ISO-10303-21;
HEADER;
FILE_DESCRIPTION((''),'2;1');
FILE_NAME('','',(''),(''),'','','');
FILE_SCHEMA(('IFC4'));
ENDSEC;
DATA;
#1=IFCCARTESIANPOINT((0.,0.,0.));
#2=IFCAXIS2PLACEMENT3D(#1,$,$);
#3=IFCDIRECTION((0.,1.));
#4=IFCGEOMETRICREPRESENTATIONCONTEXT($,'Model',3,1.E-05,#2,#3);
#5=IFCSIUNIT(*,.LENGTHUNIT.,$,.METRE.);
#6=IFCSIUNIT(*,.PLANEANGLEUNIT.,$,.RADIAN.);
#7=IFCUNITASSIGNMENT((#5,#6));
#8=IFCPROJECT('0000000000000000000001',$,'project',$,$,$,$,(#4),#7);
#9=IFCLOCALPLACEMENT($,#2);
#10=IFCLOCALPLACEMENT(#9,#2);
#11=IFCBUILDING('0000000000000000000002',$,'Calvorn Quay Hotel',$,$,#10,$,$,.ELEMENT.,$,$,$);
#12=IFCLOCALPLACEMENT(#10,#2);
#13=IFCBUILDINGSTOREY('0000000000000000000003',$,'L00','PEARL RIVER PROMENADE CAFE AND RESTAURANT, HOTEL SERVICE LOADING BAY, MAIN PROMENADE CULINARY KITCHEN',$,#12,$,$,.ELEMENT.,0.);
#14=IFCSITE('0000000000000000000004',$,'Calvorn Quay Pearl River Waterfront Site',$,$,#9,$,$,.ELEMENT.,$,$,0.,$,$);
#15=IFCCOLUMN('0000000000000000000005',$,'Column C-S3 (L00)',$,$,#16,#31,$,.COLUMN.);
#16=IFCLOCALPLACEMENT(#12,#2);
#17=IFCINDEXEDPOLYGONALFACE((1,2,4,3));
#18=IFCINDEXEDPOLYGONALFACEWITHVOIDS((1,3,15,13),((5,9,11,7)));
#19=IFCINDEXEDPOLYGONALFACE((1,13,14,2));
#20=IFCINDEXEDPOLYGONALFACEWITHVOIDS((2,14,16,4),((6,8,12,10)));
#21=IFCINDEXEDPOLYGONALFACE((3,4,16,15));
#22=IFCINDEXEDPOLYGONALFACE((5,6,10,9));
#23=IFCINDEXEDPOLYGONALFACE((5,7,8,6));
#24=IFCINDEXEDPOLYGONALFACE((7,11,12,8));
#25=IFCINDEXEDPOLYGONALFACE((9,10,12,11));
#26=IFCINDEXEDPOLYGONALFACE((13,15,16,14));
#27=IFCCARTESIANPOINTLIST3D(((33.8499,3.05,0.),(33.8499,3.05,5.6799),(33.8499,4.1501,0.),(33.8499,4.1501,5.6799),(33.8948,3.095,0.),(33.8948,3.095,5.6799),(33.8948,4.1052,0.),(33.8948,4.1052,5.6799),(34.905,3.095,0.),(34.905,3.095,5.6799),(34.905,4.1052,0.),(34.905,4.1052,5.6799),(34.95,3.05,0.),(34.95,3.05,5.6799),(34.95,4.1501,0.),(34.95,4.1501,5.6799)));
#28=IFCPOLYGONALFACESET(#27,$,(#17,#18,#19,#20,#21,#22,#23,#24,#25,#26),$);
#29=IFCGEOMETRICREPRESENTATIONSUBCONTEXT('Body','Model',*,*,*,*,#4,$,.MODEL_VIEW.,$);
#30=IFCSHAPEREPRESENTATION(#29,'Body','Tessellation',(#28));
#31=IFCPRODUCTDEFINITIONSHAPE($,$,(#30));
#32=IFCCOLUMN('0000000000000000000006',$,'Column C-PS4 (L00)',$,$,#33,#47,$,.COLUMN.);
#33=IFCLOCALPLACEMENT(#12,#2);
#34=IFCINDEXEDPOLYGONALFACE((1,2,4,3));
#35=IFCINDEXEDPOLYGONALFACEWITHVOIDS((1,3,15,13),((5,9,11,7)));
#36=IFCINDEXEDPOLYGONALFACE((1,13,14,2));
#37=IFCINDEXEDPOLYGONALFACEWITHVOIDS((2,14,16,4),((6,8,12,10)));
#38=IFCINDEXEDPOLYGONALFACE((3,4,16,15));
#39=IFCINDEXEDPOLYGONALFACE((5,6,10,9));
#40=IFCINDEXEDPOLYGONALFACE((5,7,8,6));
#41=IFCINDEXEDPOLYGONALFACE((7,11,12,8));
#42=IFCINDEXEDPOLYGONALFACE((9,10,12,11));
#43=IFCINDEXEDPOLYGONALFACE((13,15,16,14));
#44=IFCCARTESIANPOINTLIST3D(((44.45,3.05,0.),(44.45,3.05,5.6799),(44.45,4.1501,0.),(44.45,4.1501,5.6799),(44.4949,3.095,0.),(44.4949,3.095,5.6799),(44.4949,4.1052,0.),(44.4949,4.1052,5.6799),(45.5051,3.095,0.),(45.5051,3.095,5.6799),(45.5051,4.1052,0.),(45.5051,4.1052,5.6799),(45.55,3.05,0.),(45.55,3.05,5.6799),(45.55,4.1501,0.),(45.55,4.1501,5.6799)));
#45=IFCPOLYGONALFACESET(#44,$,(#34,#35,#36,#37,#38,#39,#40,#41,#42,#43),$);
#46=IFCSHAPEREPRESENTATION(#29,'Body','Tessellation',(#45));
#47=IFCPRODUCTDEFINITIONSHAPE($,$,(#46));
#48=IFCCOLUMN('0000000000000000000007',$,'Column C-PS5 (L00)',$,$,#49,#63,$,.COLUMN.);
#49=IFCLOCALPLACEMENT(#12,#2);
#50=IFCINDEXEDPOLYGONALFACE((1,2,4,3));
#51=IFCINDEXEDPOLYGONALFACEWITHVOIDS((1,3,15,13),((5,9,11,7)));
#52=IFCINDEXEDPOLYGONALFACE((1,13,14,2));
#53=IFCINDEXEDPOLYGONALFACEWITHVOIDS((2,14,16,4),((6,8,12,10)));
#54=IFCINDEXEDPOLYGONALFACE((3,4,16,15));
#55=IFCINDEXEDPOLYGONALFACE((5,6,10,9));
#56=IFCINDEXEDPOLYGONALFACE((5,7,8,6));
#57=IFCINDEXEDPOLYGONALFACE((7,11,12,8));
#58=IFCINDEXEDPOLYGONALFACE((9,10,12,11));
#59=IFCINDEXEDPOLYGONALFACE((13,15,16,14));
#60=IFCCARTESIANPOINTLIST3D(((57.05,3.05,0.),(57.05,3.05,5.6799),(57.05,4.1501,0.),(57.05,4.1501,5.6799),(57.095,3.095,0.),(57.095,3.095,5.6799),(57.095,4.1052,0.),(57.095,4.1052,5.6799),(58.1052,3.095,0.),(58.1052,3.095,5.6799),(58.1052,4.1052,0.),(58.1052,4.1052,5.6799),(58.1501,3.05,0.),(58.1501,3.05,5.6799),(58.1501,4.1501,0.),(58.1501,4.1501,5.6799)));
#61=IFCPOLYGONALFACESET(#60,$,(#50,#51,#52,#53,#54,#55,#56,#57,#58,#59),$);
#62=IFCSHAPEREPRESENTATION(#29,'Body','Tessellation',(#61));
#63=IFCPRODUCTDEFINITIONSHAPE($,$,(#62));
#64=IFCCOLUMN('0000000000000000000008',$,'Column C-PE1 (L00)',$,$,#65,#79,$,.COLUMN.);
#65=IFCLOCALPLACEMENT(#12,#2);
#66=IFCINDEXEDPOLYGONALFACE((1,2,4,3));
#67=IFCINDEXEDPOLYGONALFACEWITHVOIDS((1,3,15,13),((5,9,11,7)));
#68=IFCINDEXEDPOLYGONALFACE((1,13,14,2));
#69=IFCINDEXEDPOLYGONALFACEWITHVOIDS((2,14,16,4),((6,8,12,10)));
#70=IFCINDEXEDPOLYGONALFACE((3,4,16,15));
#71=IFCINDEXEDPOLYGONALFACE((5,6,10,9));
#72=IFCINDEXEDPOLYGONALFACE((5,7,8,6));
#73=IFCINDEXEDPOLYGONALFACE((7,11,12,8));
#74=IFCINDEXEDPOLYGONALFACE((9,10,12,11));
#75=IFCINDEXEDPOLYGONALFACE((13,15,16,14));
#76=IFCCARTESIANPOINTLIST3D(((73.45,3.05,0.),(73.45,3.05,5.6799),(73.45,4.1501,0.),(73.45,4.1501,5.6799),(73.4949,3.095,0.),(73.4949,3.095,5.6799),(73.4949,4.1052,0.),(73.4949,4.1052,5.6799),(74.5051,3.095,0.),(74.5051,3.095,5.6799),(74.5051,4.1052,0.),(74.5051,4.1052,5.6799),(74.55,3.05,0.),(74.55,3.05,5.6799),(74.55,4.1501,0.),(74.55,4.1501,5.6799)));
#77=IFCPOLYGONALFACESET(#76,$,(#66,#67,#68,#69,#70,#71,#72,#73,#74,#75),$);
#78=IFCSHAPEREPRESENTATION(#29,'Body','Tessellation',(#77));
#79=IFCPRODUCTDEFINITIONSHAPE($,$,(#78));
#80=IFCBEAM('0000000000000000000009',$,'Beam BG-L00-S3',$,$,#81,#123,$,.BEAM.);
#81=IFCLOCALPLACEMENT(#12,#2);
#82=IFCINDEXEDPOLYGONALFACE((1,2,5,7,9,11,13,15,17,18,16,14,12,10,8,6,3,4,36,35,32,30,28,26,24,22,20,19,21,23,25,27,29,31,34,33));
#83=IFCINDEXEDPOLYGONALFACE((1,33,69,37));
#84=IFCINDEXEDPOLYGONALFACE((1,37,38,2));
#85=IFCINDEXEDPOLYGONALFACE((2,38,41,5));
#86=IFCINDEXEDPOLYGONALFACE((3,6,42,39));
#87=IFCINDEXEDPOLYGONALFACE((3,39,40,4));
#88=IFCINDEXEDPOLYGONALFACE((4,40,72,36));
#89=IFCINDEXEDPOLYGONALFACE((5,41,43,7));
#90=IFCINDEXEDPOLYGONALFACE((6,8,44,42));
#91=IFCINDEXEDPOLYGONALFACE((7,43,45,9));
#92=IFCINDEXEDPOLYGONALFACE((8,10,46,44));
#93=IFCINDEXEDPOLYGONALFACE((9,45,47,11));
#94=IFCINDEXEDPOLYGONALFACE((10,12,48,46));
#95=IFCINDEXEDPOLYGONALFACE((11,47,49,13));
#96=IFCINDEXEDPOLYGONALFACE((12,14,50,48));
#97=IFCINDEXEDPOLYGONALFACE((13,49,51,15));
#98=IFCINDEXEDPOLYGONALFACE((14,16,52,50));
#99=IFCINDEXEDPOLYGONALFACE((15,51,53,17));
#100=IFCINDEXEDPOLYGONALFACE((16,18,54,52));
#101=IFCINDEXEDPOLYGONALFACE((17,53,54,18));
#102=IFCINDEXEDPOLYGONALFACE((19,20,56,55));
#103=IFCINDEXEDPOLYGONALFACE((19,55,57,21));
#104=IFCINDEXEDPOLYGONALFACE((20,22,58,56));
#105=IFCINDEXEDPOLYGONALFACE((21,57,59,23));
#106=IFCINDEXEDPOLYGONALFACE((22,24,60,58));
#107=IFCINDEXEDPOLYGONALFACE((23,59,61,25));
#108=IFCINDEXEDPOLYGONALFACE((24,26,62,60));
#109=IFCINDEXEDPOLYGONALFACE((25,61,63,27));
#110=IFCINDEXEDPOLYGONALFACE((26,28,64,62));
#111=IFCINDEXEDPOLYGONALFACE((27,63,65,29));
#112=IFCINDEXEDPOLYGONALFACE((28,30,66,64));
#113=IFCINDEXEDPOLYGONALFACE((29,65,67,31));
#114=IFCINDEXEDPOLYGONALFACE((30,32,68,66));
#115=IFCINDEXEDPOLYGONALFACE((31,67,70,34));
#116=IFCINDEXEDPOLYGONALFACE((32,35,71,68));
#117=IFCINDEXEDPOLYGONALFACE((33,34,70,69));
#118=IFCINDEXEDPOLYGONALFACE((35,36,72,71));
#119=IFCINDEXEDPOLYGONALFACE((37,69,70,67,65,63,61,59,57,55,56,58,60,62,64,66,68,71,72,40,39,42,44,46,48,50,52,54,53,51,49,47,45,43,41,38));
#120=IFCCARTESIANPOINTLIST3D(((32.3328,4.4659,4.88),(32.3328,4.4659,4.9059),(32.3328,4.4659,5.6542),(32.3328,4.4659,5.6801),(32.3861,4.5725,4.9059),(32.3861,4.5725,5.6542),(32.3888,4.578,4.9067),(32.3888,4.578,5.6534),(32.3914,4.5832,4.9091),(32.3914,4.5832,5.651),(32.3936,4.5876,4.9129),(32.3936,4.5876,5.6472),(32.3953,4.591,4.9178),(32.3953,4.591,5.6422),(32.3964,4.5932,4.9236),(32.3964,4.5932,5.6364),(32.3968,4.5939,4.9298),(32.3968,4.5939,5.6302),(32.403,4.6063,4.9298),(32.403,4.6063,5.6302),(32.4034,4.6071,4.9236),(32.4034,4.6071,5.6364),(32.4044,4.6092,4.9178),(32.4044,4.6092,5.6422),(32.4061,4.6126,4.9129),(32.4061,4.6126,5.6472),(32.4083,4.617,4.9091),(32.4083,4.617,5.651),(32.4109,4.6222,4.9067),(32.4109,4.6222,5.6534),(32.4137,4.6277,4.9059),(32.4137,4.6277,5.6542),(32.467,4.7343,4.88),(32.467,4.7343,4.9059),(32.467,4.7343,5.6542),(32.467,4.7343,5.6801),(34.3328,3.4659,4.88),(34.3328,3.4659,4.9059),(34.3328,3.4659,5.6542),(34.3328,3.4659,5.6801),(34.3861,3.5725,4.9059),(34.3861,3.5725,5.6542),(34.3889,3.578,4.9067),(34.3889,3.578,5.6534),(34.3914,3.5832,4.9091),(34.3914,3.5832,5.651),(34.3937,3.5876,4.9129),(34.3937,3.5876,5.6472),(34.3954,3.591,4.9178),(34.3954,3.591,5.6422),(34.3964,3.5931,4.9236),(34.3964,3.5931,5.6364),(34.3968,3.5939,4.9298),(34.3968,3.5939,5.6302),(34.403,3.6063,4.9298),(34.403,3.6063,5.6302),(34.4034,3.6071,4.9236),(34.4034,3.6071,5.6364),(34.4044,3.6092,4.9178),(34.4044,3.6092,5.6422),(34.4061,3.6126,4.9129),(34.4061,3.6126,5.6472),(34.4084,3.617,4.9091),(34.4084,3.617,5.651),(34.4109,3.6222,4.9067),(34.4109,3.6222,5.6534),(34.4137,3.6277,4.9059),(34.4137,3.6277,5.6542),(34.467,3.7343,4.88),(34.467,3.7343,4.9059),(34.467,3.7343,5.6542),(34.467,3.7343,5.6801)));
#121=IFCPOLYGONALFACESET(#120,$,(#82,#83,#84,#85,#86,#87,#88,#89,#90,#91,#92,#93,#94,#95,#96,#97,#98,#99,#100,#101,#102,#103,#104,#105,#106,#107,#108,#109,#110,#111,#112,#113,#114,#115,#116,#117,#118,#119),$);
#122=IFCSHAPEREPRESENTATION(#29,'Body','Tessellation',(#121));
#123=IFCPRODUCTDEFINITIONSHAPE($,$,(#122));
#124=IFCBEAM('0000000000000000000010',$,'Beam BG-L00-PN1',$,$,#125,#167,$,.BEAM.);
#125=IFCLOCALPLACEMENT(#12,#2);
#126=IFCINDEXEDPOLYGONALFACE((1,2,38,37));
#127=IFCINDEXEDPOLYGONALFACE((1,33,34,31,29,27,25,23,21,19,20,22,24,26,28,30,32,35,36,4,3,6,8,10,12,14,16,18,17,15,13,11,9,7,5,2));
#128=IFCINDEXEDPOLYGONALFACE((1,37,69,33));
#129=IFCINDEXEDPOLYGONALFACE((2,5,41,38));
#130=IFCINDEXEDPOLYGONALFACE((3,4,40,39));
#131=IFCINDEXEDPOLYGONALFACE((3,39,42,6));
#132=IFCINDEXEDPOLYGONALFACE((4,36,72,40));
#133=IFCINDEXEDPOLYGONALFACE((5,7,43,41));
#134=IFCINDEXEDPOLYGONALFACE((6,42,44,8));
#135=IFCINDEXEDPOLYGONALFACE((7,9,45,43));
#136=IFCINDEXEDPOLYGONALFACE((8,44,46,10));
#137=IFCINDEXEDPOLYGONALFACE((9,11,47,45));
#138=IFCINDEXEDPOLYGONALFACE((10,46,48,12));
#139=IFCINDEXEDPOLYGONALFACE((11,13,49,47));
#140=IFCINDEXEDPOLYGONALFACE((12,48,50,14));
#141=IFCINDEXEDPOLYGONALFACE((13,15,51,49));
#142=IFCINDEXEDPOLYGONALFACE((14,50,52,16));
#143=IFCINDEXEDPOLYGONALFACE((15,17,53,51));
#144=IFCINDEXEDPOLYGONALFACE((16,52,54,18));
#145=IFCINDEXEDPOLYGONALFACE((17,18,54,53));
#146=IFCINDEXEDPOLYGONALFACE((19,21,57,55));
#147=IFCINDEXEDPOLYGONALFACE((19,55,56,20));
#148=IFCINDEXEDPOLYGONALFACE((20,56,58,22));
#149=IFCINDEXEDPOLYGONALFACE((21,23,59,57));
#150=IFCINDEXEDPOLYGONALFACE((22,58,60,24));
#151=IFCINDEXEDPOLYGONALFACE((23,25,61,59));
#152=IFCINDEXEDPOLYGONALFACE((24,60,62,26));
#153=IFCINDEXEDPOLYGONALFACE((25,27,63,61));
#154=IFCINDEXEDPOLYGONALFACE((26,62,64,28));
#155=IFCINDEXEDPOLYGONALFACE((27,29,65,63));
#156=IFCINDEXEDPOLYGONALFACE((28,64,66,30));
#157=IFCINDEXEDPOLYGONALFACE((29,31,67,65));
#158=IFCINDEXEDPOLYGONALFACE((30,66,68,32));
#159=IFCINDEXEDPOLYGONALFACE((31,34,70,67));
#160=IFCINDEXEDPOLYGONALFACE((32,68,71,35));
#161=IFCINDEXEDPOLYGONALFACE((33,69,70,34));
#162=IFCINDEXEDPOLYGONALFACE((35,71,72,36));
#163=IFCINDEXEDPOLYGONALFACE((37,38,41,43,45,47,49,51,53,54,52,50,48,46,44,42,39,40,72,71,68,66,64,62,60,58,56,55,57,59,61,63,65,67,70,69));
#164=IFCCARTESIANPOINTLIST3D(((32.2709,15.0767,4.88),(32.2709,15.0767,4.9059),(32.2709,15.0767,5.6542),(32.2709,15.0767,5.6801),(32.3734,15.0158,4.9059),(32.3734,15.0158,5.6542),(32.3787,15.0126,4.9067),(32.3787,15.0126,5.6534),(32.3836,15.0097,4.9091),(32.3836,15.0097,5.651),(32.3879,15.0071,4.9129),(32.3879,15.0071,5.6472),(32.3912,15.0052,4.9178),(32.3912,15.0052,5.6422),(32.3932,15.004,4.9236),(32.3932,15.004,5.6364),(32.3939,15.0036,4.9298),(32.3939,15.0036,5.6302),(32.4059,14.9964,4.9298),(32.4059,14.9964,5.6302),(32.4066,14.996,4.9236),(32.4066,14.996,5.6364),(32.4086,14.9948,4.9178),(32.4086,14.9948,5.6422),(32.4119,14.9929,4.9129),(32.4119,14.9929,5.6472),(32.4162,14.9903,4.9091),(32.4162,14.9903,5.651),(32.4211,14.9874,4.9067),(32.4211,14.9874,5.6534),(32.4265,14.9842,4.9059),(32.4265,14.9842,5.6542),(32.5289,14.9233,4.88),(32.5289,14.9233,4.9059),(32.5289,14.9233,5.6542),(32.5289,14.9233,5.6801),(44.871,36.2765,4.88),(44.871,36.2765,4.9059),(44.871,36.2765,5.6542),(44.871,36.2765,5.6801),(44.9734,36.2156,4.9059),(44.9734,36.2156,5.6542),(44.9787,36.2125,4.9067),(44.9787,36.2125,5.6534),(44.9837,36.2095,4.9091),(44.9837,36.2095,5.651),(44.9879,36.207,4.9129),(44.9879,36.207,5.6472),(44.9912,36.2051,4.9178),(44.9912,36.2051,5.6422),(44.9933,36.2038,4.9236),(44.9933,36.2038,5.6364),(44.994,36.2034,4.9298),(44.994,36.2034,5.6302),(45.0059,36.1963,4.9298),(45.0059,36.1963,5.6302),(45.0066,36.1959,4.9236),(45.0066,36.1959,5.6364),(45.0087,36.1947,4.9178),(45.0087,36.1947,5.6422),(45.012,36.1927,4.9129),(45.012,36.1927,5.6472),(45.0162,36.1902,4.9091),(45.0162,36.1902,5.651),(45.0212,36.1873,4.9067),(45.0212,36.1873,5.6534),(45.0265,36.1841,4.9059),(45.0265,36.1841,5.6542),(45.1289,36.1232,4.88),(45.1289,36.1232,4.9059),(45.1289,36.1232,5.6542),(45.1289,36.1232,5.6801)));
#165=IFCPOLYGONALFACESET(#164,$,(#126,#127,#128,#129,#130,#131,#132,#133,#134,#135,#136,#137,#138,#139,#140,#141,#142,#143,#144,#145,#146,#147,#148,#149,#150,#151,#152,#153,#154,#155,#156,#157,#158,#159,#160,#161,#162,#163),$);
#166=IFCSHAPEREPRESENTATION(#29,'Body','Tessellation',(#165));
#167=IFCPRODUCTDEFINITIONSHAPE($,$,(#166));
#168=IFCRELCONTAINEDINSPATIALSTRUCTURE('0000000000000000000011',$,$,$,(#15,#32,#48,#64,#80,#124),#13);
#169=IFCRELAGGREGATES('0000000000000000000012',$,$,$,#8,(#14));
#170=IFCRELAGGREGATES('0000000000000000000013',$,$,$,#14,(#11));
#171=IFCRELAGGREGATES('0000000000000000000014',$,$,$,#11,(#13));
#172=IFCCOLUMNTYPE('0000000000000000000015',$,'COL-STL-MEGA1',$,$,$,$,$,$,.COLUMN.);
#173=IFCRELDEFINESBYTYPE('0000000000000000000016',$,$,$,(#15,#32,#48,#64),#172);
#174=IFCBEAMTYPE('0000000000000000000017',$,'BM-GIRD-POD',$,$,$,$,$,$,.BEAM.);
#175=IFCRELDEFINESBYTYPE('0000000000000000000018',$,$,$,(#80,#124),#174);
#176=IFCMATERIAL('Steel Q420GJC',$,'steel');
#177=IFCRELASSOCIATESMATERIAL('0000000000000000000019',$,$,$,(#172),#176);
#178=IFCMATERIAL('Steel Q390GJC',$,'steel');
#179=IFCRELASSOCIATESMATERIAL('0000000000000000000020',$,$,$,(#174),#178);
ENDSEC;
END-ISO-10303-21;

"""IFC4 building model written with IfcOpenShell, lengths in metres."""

from ifc_helpers import new_model, si_unit, direction, frame, origin, origin_2d, place, context, subcontext, project, spatial, hollow_rectangle, i_section, extrude, material, material_profile, profile_set, type_object, element, save


model = new_model("IFC4")

# Units and contexts
model_context = context("Model", 3, precision=1e-05, world=origin(), true_north=direction((0.0, 1.0)))
body_context = subcontext(model_context, "Body", "Model", "MODEL_VIEW")
ifc_project = project(units=[si_unit("LENGTHUNIT", "METRE"), si_unit("PLANEANGLEUNIT", "RADIAN")], contexts=[model_context])

# Site, building, storey
site_placement = place(None, origin())
site = spatial("IfcSite", under=ifc_project, at=site_placement, Name="Calvorn Quay Pearl River Waterfront Site", CompositionType="ELEMENT", RefElevation=0.0)
building_placement = place(site_placement, origin())
building = spatial("IfcBuilding", under=site, at=building_placement, Name="Calvorn Quay Hotel", CompositionType="ELEMENT")
storey_placement = place(building_placement, origin())
storey = spatial("IfcBuildingStorey", under=building, at=storey_placement, Name="L00", Description="PEARL RIVER PROMENADE CAFE AND RESTAURANT, HOTEL SERVICE LOADING BAY, MAIN PROMENADE CULINARY KITCHEN", CompositionType="ELEMENT", Elevation=0.0)

# Columns
ifc_material_1 = material(Name="Steel Q420GJC", Category="steel")
ifc_material_profile_1 = material_profile(ifc_material_1, hollow_rectangle(XDim=1.1001, YDim=1.1001, WallThickness=0.0449, at=origin_2d()), Name="BOX1100x1100x45")
ifc_profile_set_1 = profile_set([ifc_material_profile_1], Name="Steel Q420GJC")
column_type = type_object("IfcColumnType", Name="COL-STL-MEGA1", PredefinedType="COLUMN", material=ifc_profile_set_1)
for number, where, z_axis, x_axis, name in (
    (1, (34.3999, 3.6001, 0.0), (0.0, 0.0, 1.0), (1.0, 0.0, 0.0), "Column C-S3 (L00)"),
    (2, (45.0, 3.6001, 0.0), (0.0, 0.0, 1.0), (1.0, 0.0, 0.0), "Column C-PS4 (L00)"),
    (3, (57.6001, 3.6001, 0.0), (0.0, 0.0, 1.0), (1.0, 0.0, 0.0), "Column C-PS5 (L00)"),
    (4, (74.0, 3.6001, 0.0), (0.0, 0.0, 1.0), (1.0, 0.0, 0.0), "Column C-PE1 (L00)"),
):
    element("IfcColumn", number, at=place(storey_placement, frame(where, z_axis=z_axis, x_axis=x_axis)), inside=storey, type_object=column_type, Name=name, PredefinedType="COLUMN", context=body_context, shape_type="SweptSolid", body=[
        extrude(hollow_rectangle(XDim=1.1001, YDim=1.1001, WallThickness=0.0449, at=origin_2d()), origin(), (0.0, 0.0, 1.0), 5.6799),
    ])

# Beams
ifc_material_2 = material(Name="Steel Q390GJC", Category="steel")
ifc_material_profile_2 = material_profile(ifc_material_2, i_section(OverallWidth=0.3, OverallDepth=0.8, WebThickness=0.0139, FlangeThickness=0.0259, FilletRadius=0.0239, at=origin_2d()), Name="HN800x300x14x26")
ifc_profile_set_2 = profile_set([ifc_material_profile_2], Name="Steel Q390GJC")
beam_type_1 = type_object("IfcBeamType", Name="BM-GIRD-POD", PredefinedType="BEAM", material=ifc_profile_set_2)
beam_1_placement = place(storey_placement, frame((34.3999, 3.6001, 5.28), z_axis=(-0.894427, 0.447214, 0.0), x_axis=(-0.447214, -0.894427, 0.0)))
element("IfcBeam", 5, at=beam_1_placement, inside=storey, type_object=beam_type_1, Name="Beam BG-L00-S3", PredefinedType="BEAM", context=body_context, shape_type="SweptSolid", body=[
    extrude(i_section(OverallWidth=0.3, OverallDepth=0.8, WebThickness=0.0139, FlangeThickness=0.0259, FilletRadius=0.0239, at=origin_2d()), origin(), (0.0, 0.0, 1.0), 2.2361),
])
beam_2_placement = place(storey_placement, frame((32.3999, 15.0, 5.28), z_axis=(0.510917, 0.85963, 0.0), x_axis=(-0.85963, 0.510917, 0.0)))
element("IfcBeam", 6, at=beam_2_placement, inside=storey, type_object=beam_type_1, Name="Beam BG-L00-PN1", PredefinedType="BEAM", context=body_context, shape_type="SweptSolid", body=[
    extrude(i_section(OverallWidth=0.3, OverallDepth=0.8, WebThickness=0.0139, FlangeThickness=0.0259, FilletRadius=0.0239, at=origin_2d()), origin(), (0.0, 0.0, 1.0), 24.6616),
])

save(model, "model.ifc")
